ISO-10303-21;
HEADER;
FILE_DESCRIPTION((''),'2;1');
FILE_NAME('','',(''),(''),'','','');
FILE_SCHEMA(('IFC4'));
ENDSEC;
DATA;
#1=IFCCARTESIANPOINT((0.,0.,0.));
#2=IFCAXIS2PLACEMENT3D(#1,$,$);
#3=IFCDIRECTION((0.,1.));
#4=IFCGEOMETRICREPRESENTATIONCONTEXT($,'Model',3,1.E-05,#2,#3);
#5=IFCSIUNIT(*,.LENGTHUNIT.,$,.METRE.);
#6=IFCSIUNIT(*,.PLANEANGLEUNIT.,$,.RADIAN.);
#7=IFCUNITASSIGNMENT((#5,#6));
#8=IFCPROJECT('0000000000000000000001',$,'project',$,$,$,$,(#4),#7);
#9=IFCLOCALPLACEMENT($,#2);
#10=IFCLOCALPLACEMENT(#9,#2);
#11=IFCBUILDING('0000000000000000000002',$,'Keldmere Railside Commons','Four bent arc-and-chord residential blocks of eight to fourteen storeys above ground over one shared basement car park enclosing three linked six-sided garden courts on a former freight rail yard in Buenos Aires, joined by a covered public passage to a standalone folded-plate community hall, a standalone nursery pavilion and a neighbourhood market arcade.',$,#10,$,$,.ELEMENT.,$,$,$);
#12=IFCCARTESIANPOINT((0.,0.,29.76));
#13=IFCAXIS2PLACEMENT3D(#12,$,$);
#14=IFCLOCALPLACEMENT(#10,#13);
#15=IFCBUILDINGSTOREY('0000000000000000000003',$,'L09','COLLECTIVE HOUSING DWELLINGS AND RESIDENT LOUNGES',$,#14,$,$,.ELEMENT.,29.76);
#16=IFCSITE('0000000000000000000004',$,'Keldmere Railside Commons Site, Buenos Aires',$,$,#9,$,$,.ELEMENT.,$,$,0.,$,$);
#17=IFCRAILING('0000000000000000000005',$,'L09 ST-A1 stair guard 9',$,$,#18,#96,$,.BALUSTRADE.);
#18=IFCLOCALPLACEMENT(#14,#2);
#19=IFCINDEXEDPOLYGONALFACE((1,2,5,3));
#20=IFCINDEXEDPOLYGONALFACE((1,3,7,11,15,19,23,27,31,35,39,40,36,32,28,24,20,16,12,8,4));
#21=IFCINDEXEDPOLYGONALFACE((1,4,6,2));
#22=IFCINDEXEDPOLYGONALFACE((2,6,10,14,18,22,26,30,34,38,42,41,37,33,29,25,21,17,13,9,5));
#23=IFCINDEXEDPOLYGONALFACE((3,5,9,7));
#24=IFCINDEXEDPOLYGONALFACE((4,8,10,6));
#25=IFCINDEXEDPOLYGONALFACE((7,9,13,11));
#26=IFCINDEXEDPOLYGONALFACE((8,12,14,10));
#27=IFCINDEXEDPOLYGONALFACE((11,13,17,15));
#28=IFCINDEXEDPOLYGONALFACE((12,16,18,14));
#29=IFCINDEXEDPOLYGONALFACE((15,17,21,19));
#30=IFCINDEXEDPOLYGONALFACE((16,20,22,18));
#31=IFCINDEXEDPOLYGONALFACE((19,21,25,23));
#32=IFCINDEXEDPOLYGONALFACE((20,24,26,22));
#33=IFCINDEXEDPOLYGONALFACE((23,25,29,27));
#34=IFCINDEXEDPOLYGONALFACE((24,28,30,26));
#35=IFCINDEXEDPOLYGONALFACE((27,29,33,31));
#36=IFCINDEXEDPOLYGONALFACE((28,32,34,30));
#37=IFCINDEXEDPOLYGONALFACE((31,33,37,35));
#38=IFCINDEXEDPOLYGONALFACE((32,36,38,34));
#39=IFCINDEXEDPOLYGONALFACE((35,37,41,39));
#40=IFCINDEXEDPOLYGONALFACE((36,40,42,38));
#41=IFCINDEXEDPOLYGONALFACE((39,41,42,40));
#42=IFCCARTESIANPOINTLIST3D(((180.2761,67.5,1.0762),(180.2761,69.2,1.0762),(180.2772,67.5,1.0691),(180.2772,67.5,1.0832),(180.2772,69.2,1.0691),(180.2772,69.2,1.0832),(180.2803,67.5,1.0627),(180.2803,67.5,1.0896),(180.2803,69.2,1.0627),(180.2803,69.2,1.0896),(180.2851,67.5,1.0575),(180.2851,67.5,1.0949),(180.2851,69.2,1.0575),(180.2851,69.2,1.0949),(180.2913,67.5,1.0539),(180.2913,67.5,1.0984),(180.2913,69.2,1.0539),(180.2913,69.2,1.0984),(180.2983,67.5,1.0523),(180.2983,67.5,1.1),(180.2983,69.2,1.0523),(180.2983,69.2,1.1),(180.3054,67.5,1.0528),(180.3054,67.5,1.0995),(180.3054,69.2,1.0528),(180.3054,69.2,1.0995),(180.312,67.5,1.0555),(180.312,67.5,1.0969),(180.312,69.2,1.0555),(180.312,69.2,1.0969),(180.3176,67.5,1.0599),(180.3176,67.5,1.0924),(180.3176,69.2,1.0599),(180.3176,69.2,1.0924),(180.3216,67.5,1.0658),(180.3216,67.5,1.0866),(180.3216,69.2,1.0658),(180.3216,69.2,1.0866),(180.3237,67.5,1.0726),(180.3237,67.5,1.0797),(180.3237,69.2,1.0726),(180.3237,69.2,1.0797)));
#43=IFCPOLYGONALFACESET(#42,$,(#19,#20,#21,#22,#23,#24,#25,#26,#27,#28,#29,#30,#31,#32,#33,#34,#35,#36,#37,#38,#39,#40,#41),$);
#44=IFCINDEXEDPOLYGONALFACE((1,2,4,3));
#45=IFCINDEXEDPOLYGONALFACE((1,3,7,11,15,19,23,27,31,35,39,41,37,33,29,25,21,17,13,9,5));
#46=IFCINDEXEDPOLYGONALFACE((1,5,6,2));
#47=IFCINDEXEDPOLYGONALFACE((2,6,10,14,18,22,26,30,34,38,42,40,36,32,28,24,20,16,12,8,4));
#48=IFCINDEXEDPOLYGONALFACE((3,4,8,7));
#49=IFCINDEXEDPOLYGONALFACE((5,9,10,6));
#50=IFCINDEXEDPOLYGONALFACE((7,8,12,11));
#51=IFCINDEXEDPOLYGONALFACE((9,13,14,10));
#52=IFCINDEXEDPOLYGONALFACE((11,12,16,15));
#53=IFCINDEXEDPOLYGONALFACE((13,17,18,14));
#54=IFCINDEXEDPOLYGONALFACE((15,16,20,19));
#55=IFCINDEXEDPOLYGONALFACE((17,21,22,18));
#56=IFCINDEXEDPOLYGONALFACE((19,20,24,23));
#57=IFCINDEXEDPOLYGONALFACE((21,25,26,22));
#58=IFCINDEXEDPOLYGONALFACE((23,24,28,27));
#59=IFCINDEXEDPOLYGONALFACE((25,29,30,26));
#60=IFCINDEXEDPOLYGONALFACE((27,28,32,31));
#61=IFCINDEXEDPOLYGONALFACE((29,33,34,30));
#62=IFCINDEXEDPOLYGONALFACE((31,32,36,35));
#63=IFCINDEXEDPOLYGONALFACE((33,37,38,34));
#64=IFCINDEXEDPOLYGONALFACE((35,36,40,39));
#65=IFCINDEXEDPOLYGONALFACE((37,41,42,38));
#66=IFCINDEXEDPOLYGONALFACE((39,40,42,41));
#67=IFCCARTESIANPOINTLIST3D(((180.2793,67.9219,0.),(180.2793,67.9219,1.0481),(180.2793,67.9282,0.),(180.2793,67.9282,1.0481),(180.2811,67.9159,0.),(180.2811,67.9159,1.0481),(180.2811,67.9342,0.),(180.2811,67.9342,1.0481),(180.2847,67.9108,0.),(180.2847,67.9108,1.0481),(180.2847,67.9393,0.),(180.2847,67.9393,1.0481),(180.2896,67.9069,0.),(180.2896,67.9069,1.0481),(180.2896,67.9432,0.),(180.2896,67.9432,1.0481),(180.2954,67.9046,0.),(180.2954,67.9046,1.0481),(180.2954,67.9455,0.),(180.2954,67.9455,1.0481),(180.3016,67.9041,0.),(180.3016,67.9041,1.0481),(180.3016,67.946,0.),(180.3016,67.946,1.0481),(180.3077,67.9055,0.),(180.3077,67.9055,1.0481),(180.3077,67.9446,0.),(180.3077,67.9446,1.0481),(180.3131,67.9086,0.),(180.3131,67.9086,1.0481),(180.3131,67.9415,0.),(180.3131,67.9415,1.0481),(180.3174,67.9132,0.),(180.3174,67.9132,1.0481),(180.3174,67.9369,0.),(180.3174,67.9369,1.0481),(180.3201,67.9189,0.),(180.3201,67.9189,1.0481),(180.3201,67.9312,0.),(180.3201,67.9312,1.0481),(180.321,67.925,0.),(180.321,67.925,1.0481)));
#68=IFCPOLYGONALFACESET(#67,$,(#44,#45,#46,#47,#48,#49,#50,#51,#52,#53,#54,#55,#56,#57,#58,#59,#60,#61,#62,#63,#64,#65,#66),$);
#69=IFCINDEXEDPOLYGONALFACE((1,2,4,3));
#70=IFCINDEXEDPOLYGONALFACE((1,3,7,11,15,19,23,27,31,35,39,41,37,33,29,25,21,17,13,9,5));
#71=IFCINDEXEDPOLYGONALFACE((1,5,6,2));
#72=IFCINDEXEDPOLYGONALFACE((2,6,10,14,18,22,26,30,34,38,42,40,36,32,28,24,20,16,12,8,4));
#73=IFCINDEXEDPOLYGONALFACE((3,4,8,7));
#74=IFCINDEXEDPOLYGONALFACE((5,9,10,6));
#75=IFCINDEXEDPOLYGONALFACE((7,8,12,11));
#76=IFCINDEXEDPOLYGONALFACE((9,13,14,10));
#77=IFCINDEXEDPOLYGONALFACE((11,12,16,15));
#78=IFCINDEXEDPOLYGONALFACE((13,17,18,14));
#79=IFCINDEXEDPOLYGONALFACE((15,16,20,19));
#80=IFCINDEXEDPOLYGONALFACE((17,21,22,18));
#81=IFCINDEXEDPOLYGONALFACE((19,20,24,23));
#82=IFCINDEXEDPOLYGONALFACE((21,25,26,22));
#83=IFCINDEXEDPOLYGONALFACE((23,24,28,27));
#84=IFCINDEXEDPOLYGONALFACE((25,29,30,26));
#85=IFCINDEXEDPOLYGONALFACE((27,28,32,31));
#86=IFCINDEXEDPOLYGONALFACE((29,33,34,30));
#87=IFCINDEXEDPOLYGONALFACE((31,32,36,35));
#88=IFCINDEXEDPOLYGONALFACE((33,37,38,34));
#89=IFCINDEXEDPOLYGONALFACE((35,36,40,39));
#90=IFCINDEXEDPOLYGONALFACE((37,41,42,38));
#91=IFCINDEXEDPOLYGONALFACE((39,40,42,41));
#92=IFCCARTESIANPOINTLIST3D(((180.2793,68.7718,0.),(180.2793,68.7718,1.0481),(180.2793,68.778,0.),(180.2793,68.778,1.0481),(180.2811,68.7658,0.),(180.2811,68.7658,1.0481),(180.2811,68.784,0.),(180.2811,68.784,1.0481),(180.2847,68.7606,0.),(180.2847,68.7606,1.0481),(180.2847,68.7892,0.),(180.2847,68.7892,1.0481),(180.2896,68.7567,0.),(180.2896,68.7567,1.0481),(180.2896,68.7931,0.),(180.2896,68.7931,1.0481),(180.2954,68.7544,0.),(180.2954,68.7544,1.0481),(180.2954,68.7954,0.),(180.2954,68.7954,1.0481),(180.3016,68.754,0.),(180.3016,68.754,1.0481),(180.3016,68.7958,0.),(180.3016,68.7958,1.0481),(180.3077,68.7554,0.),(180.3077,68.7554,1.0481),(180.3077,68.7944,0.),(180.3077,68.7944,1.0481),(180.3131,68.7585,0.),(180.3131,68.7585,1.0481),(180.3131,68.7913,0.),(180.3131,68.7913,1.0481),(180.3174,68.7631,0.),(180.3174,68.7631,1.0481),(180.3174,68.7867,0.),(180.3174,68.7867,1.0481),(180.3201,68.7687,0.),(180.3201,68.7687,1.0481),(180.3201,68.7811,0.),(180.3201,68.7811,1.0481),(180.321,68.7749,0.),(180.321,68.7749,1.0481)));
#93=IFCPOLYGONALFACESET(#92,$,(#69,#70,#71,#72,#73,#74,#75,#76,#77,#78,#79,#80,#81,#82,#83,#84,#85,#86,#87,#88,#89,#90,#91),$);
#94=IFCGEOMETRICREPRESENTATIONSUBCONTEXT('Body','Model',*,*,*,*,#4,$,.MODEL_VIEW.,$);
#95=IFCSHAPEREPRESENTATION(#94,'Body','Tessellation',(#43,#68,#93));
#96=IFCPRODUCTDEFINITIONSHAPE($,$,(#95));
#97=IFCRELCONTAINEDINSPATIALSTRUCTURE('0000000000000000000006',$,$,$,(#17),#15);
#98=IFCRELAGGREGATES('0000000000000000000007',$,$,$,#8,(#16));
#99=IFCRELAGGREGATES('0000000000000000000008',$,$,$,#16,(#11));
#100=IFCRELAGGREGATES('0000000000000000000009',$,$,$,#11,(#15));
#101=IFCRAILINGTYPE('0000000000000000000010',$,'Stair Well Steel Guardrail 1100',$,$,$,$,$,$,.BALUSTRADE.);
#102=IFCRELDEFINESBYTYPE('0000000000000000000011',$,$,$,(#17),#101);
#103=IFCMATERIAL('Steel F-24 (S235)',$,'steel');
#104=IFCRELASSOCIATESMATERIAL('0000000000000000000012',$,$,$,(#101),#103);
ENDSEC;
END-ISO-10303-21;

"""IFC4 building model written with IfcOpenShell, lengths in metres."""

from ifc_helpers import new_model, si_unit, direction, frame, origin, origin_2d, place, context, subcontext, project, spatial, circle, extrude, material, type_object, element, save


model = new_model("IFC4")

# Units and contexts
model_context = context("Model", 3, precision=1e-05, world=origin(), true_north=direction((0.0, 1.0)))
body_context = subcontext(model_context, "Body", "Model", "MODEL_VIEW")
ifc_project = project(units=[si_unit("LENGTHUNIT", "METRE"), si_unit("PLANEANGLEUNIT", "RADIAN")], contexts=[model_context])

# Site, building, storey
site_placement = place(None, origin())
site = spatial("IfcSite", under=ifc_project, at=site_placement, Name="Keldmere Railside Commons Site, Buenos Aires", CompositionType="ELEMENT", RefElevation=0.0)
building_placement = place(site_placement, origin())
building = spatial("IfcBuilding", under=site, at=building_placement, Name="Keldmere Railside Commons", Description="Four bent arc-and-chord residential blocks of eight to fourteen storeys above ground over one shared basement car park enclosing three linked six-sided garden courts on a former freight rail yard in Buenos Aires, joined by a covered public passage to a standalone folded-plate community hall, a standalone nursery pavilion and a neighbourhood market arcade.", CompositionType="ELEMENT")
storey_placement = place(building_placement, frame((0.0, 0.0, 29.76)))
storey = spatial("IfcBuildingStorey", under=building, at=storey_placement, Name="L09", Description="COLLECTIVE HOUSING DWELLINGS AND RESIDENT LOUNGES", CompositionType="ELEMENT", Elevation=29.76)

# Shared definitions
ifc_material_1 = material(Name="Steel F-24 (S235)", Category="steel")

# Railing
railing_type_1 = type_object("IfcRailingType", Name="Stair Well Steel Guardrail 1100", PredefinedType="BALUSTRADE", material=ifc_material_1)
for number, where, name in (
    (1, (180.3, 67.5, 0.0), "L09 ST-A1 stair guard 9"),
):
    element("IfcRailing", number, at=place(storey_placement, frame(where)), inside=storey, type_object=railing_type_1, Name=name, PredefinedType="BALUSTRADE", context=body_context, shape_type="SweptSolid", body=[
        extrude(circle(Radius=0.0239, at=origin_2d()), frame((0.0, 0.0, 1.0762), z_axis=(0.0, 1.0, 0.0), x_axis=(-1.0, 0.0, 0.0)), (0.0, 0.0, 1.0), 1.7),
        extrude(circle(Radius=0.021, at=origin_2d()), frame((0.0, 0.425, 0.0)), (0.0, 0.0, 1.0), 1.0481),
        extrude(circle(Radius=0.021, at=origin_2d()), frame((0.0, 1.2749, 0.0)), (0.0, 0.0, 1.0), 1.0481),
    ])

save(model, "model.ifc")
